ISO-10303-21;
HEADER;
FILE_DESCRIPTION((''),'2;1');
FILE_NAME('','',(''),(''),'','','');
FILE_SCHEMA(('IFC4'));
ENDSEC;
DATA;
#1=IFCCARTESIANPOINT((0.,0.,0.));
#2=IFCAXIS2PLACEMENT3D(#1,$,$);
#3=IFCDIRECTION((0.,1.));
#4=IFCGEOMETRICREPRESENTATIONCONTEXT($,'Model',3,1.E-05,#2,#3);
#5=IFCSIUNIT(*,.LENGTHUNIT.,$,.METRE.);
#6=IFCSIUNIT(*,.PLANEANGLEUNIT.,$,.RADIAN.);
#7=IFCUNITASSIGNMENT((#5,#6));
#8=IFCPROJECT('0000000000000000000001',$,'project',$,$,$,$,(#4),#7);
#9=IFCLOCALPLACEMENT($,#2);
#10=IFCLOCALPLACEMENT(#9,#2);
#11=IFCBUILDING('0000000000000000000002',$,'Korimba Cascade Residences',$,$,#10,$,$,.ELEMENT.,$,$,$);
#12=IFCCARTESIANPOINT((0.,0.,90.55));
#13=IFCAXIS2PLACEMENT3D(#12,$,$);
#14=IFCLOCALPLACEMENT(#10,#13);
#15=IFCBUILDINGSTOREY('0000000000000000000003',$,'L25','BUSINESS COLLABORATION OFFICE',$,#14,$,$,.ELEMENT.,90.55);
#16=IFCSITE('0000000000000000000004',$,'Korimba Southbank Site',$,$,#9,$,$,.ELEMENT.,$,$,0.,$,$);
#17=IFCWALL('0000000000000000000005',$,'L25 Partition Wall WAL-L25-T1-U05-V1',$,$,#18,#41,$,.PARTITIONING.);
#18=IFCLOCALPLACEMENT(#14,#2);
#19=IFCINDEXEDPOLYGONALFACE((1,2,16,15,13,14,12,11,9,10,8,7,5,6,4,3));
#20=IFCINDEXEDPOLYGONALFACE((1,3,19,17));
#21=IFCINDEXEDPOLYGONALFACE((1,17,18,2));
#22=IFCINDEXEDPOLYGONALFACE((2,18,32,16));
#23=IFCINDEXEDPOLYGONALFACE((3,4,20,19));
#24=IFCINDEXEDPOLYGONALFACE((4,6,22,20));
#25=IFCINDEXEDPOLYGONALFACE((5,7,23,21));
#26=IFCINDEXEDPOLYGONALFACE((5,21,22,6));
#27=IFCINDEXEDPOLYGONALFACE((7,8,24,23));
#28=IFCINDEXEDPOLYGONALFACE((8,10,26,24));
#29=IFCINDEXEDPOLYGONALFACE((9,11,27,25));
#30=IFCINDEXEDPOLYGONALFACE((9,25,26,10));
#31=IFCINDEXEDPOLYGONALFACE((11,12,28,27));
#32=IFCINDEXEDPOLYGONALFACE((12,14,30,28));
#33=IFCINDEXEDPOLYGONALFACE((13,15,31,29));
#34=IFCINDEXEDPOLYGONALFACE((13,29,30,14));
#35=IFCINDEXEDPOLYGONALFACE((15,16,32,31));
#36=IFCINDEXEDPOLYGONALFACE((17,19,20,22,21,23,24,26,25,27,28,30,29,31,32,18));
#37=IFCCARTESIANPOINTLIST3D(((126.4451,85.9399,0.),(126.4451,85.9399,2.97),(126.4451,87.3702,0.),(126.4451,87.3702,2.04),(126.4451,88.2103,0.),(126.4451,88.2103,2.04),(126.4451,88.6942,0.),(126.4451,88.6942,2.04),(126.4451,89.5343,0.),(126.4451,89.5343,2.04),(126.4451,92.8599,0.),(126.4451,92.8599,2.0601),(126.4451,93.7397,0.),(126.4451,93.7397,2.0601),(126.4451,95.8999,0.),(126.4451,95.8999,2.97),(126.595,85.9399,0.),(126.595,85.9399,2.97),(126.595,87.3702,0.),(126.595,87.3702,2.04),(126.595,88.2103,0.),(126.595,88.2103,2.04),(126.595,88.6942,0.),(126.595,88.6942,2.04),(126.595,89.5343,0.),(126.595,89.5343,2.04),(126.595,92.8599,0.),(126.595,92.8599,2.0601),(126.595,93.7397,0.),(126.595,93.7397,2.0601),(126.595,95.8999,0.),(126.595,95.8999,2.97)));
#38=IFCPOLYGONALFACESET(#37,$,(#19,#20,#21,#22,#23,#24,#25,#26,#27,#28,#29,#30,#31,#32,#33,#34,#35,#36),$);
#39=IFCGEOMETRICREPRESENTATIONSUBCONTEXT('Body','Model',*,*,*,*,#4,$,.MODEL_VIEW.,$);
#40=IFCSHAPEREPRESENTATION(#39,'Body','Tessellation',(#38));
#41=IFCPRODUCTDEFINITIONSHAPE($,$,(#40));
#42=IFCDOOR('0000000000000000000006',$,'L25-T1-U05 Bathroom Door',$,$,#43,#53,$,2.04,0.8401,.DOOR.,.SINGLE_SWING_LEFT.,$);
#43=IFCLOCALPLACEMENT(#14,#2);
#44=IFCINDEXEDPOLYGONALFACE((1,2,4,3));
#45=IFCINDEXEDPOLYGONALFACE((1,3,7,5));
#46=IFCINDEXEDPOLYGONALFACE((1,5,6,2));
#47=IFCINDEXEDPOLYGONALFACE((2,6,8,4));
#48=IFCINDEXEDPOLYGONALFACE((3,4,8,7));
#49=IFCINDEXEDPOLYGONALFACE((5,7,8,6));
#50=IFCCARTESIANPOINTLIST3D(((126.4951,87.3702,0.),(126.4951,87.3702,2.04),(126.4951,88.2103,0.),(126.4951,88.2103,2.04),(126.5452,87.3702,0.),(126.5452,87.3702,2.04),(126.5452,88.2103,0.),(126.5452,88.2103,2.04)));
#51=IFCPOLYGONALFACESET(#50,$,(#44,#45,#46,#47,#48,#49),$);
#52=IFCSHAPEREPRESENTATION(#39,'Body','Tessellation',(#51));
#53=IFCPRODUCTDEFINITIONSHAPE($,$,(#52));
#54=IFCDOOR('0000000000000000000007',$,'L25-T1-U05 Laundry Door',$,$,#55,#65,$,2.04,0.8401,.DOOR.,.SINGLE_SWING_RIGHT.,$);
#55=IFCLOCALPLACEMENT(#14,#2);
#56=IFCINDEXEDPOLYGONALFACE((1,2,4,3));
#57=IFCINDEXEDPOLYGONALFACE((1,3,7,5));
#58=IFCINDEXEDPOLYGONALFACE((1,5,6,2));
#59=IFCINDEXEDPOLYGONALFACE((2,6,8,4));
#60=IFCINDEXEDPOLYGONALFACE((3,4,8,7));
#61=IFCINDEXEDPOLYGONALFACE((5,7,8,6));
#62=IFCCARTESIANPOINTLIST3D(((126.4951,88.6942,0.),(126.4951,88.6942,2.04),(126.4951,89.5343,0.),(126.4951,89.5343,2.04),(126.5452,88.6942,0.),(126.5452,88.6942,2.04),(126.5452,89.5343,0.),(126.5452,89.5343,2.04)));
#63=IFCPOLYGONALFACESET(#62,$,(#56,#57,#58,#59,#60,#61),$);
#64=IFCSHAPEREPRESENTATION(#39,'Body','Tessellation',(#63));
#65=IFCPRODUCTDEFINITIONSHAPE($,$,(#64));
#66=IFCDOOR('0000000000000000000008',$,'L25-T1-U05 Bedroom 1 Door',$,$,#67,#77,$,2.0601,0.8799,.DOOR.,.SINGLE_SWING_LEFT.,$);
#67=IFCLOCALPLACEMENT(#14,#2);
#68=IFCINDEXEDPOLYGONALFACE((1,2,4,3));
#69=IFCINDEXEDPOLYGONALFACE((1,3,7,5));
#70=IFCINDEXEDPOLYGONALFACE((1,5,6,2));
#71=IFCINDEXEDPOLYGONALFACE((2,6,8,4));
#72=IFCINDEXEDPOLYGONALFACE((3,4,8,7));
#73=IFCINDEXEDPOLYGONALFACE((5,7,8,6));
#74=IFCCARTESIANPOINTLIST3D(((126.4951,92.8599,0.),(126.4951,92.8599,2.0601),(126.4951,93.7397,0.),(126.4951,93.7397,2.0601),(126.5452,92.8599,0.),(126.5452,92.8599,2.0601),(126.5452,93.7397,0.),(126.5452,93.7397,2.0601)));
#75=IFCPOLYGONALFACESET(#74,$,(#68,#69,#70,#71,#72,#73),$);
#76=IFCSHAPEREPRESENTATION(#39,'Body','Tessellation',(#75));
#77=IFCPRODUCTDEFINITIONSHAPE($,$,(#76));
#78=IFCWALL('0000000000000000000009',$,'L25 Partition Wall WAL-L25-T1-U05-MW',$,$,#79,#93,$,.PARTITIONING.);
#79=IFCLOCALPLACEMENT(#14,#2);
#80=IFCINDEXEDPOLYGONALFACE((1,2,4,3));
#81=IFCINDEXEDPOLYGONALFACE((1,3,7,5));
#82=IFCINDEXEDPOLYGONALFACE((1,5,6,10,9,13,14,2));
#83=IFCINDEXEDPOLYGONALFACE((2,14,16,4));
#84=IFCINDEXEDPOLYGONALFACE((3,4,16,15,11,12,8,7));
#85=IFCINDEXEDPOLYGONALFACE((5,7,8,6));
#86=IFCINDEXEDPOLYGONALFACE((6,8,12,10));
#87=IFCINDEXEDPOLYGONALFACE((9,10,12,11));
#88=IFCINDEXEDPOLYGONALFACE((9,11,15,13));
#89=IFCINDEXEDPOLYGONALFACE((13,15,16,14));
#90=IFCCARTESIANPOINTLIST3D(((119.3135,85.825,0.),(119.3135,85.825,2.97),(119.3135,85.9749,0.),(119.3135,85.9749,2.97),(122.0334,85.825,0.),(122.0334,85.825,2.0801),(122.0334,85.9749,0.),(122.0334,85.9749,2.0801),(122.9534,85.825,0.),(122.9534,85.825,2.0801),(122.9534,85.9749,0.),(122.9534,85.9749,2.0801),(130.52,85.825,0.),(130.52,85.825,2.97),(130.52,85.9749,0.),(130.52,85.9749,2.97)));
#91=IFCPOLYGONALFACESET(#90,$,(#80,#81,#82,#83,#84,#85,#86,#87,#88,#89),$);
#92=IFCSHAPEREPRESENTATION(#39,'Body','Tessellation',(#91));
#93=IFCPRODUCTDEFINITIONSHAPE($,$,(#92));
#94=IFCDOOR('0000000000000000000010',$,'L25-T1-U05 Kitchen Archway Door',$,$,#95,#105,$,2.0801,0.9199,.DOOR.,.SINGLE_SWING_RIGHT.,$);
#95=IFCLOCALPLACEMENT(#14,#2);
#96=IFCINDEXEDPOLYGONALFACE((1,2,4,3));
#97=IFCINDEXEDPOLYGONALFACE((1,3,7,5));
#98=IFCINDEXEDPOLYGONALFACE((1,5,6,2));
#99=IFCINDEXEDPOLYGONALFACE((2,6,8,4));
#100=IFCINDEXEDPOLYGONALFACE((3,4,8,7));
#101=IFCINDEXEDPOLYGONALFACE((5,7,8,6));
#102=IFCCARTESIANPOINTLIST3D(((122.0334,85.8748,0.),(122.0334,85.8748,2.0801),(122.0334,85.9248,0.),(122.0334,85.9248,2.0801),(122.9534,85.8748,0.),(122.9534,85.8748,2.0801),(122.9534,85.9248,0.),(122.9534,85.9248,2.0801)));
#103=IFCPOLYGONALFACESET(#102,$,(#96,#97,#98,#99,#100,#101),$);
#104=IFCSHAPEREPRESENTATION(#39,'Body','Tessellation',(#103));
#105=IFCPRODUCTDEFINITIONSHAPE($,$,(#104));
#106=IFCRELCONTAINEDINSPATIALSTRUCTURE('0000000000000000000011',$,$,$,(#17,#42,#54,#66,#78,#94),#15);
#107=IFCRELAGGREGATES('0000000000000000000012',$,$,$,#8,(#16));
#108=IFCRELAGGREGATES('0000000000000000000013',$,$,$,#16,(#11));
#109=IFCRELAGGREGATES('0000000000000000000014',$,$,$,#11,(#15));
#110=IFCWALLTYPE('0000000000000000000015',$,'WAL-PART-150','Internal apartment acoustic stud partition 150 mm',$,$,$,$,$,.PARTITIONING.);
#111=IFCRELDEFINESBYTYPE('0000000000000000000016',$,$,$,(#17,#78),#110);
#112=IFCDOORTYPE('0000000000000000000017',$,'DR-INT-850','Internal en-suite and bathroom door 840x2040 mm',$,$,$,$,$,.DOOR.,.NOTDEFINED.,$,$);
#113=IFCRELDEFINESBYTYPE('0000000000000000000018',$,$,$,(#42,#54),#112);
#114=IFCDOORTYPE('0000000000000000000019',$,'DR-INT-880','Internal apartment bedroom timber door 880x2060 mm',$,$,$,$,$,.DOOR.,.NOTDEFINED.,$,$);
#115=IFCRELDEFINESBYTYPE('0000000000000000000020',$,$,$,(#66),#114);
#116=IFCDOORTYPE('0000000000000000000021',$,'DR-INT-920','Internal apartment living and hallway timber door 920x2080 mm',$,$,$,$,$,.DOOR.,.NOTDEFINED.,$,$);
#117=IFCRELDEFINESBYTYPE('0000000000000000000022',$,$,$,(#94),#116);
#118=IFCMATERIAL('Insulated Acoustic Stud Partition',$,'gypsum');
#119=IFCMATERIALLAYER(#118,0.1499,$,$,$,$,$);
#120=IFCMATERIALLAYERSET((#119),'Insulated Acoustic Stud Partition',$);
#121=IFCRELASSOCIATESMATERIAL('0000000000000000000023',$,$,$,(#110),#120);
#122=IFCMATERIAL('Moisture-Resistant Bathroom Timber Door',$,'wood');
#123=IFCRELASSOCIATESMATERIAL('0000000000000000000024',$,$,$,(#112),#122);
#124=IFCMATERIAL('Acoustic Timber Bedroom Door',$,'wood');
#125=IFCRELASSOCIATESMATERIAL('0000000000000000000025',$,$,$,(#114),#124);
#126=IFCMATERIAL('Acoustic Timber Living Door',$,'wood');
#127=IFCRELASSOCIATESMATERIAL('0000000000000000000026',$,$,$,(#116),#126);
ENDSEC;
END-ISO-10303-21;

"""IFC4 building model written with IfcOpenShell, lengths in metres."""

from ifc_helpers import new_model, si_unit, direction, frame, frame_2d, origin, place, context, subcontext, project, spatial, rectangle, extrude, material, layer, layer_set, type_object, element, fill, save


model = new_model("IFC4")

# Units and contexts
model_context = context("Model", 3, precision=1e-05, world=origin(), true_north=direction((0.0, 1.0)))
body_context = subcontext(model_context, "Body", "Model", "MODEL_VIEW")
ifc_project = project(units=[si_unit("LENGTHUNIT", "METRE"), si_unit("PLANEANGLEUNIT", "RADIAN")], contexts=[model_context])

# Site, building, storey
site_placement = place(None, origin())
site = spatial("IfcSite", under=ifc_project, at=site_placement, Name="Korimba Southbank Site", CompositionType="ELEMENT", RefElevation=0.0)
building_placement = place(site_placement, origin())
building = spatial("IfcBuilding", under=site, at=building_placement, Name="Korimba Cascade Residences", CompositionType="ELEMENT")
storey_placement = place(building_placement, frame((0.0, 0.0, 90.55)))
storey = spatial("IfcBuildingStorey", under=building, at=storey_placement, Name="L25", Description="BUSINESS COLLABORATION OFFICE", CompositionType="ELEMENT", Elevation=90.55)

# Shared definitions
ifc_material_1 = material(Name="Insulated Acoustic Stud Partition", Category="gypsum")
ifc_layer_1 = layer(ifc_material_1, 0.1499)
ifc_layer_set_1 = layer_set([ifc_layer_1], Name="Insulated Acoustic Stud Partition")
wall_type_1 = type_object("IfcWallType", Name="WAL-PART-150", Description="Internal apartment acoustic stud partition 150 mm", PredefinedType="PARTITIONING", material=ifc_layer_set_1)
ifc_material_2 = material(Name="Moisture-Resistant Bathroom Timber Door", Category="wood")
door_type_1 = type_object("IfcDoorType", Name="DR-INT-850", Description="Internal en-suite and bathroom door 840x2040 mm", OperationType="NOTDEFINED", PredefinedType="DOOR", material=ifc_material_2)
ifc_material_3 = material(Name="Acoustic Timber Bedroom Door", Category="wood")
door_type_2 = type_object("IfcDoorType", Name="DR-INT-880", Description="Internal apartment bedroom timber door 880x2060 mm", OperationType="NOTDEFINED", PredefinedType="DOOR", material=ifc_material_3)

# Wall, openings, doors
wall_1_placement = place(storey_placement, frame((126.52, 85.9399, 0.0), z_axis=(0.0, 0.0, 1.0), x_axis=(0.0, 1.0, 0.0)))
wall_1 = element("IfcWall", 1, at=wall_1_placement, inside=storey, type_object=wall_type_1, Name="L25 Partition Wall WAL-L25-T1-U05-V1", PredefinedType="PARTITIONING", context=body_context, shape_type="SweptSolid", body=[
    extrude(rectangle(XDim=9.96, YDim=0.1499, at=frame_2d((4.98, 0.0))), origin(), (0.0, 0.0, 1.0), 2.97),
])
opening_1_placement = place(wall_1_placement, frame((1.4304, 0.0, 0.0)))
opening_1 = element("IfcOpeningElement", 2, at=opening_1_placement, cuts=wall_1, PredefinedType="OPENING", context=body_context, shape_type="SweptSolid", body=[
    extrude(rectangle(XDim=0.8401, YDim=2.04, at=frame_2d((0.4199, 1.02))), frame((0.0, 0.085, 0.0), z_axis=(0.0, -1.0, 0.0), x_axis=(1.0, 0.0, 0.0)), (0.0, 0.0, 1.0), 0.1699),
])
opening_2_placement = place(wall_1_placement, frame((2.7544, 0.0, 0.0)))
opening_2 = element("IfcOpeningElement", 3, at=opening_2_placement, cuts=wall_1, PredefinedType="OPENING", context=body_context, shape_type="SweptSolid", body=[
    extrude(rectangle(XDim=0.8401, YDim=2.04, at=frame_2d((0.4199, 1.02))), frame((0.0, 0.085, 0.0), z_axis=(0.0, -1.0, 0.0), x_axis=(1.0, 0.0, 0.0)), (0.0, 0.0, 1.0), 0.1699),
])
opening_3_placement = place(wall_1_placement, frame((6.9199, 0.0, 0.0)))
opening_3 = element("IfcOpeningElement", 4, at=opening_3_placement, cuts=wall_1, PredefinedType="OPENING", context=body_context, shape_type="SweptSolid", body=[
    extrude(rectangle(XDim=0.8799, YDim=2.0601, at=frame_2d((0.4399, 1.03))), frame((0.0, 0.085, 0.0), z_axis=(0.0, -1.0, 0.0), x_axis=(1.0, 0.0, 0.0)), (0.0, 0.0, 1.0), 0.1699),
])
door_1_placement = place(opening_1_placement, origin())
door_1 = element("IfcDoor", 5, at=door_1_placement, inside=storey, type_object=door_type_1, Name="L25-T1-U05 Bathroom Door", OperationType="SINGLE_SWING_LEFT", OverallHeight=2.04, OverallWidth=0.8401, PredefinedType="DOOR", context=body_context, shape_type="SweptSolid", body=[
    extrude(rectangle(XDim=0.8401, YDim=2.04, at=frame_2d((0.4199, 1.02))), frame((0.0, 0.0249, 0.0), z_axis=(0.0, -1.0, 0.0), x_axis=(1.0, 0.0, 0.0)), (0.0, 0.0, 1.0), 0.05),
])
fill(opening_1, door_1)
door_2_placement = place(opening_2_placement, origin())
door_2 = element("IfcDoor", 6, at=door_2_placement, inside=storey, type_object=door_type_1, Name="L25-T1-U05 Laundry Door", OperationType="SINGLE_SWING_RIGHT", OverallHeight=2.04, OverallWidth=0.8401, PredefinedType="DOOR", context=body_context, shape_type="SweptSolid", body=[
    extrude(rectangle(XDim=0.8401, YDim=2.04, at=frame_2d((0.4199, 1.02))), frame((0.0, 0.0249, 0.0), z_axis=(0.0, -1.0, 0.0), x_axis=(1.0, 0.0, 0.0)), (0.0, 0.0, 1.0), 0.05),
])
fill(opening_2, door_2)
door_3_placement = place(opening_3_placement, origin())
door_3 = element("IfcDoor", 7, at=door_3_placement, inside=storey, type_object=door_type_2, Name="L25-T1-U05 Bedroom 1 Door", OperationType="SINGLE_SWING_LEFT", OverallHeight=2.0601, OverallWidth=0.8799, PredefinedType="DOOR", context=body_context, shape_type="SweptSolid", body=[
    extrude(rectangle(XDim=0.8799, YDim=2.0601, at=frame_2d((0.4399, 1.03))), frame((0.0, 0.0249, 0.0), z_axis=(0.0, -1.0, 0.0), x_axis=(1.0, 0.0, 0.0)), (0.0, 0.0, 1.0), 0.05),
])
fill(opening_3, door_3)

# Wall, opening, door
wall_2_placement = place(storey_placement, frame((119.3135, 85.8999, 0.0), z_axis=(0.0, 0.0, 1.0), x_axis=(1.0, 0.0, 0.0)))
wall_2 = element("IfcWall", 8, at=wall_2_placement, inside=storey, type_object=wall_type_1, Name="L25 Partition Wall WAL-L25-T1-U05-MW", PredefinedType="PARTITIONING", context=body_context, shape_type="SweptSolid", body=[
    extrude(rectangle(XDim=11.2065, YDim=0.1499, at=frame_2d((5.6033, 0.0))), origin(), (0.0, 0.0, 1.0), 2.97),
])
opening_4_placement = place(wall_2_placement, frame((2.72, 0.0, 0.0)))
opening_4 = element("IfcOpeningElement", 9, at=opening_4_placement, cuts=wall_2, PredefinedType="OPENING", context=body_context, shape_type="SweptSolid", body=[
    extrude(rectangle(XDim=0.9199, YDim=2.0801, at=frame_2d((0.46, 1.04))), frame((0.0, 0.085, 0.0), z_axis=(0.0, -1.0, 0.0), x_axis=(1.0, 0.0, 0.0)), (0.0, 0.0, 1.0), 0.1699),
])
ifc_material_4 = material(Name="Acoustic Timber Living Door", Category="wood")
door_type_3 = type_object("IfcDoorType", Name="DR-INT-920", Description="Internal apartment living and hallway timber door 920x2080 mm", OperationType="NOTDEFINED", PredefinedType="DOOR", material=ifc_material_4)
door_4_placement = place(opening_4_placement, origin())
door_4 = element("IfcDoor", 10, at=door_4_placement, inside=storey, type_object=door_type_3, Name="L25-T1-U05 Kitchen Archway Door", OperationType="SINGLE_SWING_RIGHT", OverallHeight=2.0801, OverallWidth=0.9199, PredefinedType="DOOR", context=body_context, shape_type="SweptSolid", body=[
    extrude(rectangle(XDim=0.9199, YDim=2.0801, at=frame_2d((0.46, 1.04))), frame((0.0, 0.0249, 0.0), z_axis=(0.0, -1.0, 0.0), x_axis=(1.0, 0.0, 0.0)), (0.0, 0.0, 1.0), 0.05),
])
fill(opening_4, door_4)

save(model, "model.ifc")
